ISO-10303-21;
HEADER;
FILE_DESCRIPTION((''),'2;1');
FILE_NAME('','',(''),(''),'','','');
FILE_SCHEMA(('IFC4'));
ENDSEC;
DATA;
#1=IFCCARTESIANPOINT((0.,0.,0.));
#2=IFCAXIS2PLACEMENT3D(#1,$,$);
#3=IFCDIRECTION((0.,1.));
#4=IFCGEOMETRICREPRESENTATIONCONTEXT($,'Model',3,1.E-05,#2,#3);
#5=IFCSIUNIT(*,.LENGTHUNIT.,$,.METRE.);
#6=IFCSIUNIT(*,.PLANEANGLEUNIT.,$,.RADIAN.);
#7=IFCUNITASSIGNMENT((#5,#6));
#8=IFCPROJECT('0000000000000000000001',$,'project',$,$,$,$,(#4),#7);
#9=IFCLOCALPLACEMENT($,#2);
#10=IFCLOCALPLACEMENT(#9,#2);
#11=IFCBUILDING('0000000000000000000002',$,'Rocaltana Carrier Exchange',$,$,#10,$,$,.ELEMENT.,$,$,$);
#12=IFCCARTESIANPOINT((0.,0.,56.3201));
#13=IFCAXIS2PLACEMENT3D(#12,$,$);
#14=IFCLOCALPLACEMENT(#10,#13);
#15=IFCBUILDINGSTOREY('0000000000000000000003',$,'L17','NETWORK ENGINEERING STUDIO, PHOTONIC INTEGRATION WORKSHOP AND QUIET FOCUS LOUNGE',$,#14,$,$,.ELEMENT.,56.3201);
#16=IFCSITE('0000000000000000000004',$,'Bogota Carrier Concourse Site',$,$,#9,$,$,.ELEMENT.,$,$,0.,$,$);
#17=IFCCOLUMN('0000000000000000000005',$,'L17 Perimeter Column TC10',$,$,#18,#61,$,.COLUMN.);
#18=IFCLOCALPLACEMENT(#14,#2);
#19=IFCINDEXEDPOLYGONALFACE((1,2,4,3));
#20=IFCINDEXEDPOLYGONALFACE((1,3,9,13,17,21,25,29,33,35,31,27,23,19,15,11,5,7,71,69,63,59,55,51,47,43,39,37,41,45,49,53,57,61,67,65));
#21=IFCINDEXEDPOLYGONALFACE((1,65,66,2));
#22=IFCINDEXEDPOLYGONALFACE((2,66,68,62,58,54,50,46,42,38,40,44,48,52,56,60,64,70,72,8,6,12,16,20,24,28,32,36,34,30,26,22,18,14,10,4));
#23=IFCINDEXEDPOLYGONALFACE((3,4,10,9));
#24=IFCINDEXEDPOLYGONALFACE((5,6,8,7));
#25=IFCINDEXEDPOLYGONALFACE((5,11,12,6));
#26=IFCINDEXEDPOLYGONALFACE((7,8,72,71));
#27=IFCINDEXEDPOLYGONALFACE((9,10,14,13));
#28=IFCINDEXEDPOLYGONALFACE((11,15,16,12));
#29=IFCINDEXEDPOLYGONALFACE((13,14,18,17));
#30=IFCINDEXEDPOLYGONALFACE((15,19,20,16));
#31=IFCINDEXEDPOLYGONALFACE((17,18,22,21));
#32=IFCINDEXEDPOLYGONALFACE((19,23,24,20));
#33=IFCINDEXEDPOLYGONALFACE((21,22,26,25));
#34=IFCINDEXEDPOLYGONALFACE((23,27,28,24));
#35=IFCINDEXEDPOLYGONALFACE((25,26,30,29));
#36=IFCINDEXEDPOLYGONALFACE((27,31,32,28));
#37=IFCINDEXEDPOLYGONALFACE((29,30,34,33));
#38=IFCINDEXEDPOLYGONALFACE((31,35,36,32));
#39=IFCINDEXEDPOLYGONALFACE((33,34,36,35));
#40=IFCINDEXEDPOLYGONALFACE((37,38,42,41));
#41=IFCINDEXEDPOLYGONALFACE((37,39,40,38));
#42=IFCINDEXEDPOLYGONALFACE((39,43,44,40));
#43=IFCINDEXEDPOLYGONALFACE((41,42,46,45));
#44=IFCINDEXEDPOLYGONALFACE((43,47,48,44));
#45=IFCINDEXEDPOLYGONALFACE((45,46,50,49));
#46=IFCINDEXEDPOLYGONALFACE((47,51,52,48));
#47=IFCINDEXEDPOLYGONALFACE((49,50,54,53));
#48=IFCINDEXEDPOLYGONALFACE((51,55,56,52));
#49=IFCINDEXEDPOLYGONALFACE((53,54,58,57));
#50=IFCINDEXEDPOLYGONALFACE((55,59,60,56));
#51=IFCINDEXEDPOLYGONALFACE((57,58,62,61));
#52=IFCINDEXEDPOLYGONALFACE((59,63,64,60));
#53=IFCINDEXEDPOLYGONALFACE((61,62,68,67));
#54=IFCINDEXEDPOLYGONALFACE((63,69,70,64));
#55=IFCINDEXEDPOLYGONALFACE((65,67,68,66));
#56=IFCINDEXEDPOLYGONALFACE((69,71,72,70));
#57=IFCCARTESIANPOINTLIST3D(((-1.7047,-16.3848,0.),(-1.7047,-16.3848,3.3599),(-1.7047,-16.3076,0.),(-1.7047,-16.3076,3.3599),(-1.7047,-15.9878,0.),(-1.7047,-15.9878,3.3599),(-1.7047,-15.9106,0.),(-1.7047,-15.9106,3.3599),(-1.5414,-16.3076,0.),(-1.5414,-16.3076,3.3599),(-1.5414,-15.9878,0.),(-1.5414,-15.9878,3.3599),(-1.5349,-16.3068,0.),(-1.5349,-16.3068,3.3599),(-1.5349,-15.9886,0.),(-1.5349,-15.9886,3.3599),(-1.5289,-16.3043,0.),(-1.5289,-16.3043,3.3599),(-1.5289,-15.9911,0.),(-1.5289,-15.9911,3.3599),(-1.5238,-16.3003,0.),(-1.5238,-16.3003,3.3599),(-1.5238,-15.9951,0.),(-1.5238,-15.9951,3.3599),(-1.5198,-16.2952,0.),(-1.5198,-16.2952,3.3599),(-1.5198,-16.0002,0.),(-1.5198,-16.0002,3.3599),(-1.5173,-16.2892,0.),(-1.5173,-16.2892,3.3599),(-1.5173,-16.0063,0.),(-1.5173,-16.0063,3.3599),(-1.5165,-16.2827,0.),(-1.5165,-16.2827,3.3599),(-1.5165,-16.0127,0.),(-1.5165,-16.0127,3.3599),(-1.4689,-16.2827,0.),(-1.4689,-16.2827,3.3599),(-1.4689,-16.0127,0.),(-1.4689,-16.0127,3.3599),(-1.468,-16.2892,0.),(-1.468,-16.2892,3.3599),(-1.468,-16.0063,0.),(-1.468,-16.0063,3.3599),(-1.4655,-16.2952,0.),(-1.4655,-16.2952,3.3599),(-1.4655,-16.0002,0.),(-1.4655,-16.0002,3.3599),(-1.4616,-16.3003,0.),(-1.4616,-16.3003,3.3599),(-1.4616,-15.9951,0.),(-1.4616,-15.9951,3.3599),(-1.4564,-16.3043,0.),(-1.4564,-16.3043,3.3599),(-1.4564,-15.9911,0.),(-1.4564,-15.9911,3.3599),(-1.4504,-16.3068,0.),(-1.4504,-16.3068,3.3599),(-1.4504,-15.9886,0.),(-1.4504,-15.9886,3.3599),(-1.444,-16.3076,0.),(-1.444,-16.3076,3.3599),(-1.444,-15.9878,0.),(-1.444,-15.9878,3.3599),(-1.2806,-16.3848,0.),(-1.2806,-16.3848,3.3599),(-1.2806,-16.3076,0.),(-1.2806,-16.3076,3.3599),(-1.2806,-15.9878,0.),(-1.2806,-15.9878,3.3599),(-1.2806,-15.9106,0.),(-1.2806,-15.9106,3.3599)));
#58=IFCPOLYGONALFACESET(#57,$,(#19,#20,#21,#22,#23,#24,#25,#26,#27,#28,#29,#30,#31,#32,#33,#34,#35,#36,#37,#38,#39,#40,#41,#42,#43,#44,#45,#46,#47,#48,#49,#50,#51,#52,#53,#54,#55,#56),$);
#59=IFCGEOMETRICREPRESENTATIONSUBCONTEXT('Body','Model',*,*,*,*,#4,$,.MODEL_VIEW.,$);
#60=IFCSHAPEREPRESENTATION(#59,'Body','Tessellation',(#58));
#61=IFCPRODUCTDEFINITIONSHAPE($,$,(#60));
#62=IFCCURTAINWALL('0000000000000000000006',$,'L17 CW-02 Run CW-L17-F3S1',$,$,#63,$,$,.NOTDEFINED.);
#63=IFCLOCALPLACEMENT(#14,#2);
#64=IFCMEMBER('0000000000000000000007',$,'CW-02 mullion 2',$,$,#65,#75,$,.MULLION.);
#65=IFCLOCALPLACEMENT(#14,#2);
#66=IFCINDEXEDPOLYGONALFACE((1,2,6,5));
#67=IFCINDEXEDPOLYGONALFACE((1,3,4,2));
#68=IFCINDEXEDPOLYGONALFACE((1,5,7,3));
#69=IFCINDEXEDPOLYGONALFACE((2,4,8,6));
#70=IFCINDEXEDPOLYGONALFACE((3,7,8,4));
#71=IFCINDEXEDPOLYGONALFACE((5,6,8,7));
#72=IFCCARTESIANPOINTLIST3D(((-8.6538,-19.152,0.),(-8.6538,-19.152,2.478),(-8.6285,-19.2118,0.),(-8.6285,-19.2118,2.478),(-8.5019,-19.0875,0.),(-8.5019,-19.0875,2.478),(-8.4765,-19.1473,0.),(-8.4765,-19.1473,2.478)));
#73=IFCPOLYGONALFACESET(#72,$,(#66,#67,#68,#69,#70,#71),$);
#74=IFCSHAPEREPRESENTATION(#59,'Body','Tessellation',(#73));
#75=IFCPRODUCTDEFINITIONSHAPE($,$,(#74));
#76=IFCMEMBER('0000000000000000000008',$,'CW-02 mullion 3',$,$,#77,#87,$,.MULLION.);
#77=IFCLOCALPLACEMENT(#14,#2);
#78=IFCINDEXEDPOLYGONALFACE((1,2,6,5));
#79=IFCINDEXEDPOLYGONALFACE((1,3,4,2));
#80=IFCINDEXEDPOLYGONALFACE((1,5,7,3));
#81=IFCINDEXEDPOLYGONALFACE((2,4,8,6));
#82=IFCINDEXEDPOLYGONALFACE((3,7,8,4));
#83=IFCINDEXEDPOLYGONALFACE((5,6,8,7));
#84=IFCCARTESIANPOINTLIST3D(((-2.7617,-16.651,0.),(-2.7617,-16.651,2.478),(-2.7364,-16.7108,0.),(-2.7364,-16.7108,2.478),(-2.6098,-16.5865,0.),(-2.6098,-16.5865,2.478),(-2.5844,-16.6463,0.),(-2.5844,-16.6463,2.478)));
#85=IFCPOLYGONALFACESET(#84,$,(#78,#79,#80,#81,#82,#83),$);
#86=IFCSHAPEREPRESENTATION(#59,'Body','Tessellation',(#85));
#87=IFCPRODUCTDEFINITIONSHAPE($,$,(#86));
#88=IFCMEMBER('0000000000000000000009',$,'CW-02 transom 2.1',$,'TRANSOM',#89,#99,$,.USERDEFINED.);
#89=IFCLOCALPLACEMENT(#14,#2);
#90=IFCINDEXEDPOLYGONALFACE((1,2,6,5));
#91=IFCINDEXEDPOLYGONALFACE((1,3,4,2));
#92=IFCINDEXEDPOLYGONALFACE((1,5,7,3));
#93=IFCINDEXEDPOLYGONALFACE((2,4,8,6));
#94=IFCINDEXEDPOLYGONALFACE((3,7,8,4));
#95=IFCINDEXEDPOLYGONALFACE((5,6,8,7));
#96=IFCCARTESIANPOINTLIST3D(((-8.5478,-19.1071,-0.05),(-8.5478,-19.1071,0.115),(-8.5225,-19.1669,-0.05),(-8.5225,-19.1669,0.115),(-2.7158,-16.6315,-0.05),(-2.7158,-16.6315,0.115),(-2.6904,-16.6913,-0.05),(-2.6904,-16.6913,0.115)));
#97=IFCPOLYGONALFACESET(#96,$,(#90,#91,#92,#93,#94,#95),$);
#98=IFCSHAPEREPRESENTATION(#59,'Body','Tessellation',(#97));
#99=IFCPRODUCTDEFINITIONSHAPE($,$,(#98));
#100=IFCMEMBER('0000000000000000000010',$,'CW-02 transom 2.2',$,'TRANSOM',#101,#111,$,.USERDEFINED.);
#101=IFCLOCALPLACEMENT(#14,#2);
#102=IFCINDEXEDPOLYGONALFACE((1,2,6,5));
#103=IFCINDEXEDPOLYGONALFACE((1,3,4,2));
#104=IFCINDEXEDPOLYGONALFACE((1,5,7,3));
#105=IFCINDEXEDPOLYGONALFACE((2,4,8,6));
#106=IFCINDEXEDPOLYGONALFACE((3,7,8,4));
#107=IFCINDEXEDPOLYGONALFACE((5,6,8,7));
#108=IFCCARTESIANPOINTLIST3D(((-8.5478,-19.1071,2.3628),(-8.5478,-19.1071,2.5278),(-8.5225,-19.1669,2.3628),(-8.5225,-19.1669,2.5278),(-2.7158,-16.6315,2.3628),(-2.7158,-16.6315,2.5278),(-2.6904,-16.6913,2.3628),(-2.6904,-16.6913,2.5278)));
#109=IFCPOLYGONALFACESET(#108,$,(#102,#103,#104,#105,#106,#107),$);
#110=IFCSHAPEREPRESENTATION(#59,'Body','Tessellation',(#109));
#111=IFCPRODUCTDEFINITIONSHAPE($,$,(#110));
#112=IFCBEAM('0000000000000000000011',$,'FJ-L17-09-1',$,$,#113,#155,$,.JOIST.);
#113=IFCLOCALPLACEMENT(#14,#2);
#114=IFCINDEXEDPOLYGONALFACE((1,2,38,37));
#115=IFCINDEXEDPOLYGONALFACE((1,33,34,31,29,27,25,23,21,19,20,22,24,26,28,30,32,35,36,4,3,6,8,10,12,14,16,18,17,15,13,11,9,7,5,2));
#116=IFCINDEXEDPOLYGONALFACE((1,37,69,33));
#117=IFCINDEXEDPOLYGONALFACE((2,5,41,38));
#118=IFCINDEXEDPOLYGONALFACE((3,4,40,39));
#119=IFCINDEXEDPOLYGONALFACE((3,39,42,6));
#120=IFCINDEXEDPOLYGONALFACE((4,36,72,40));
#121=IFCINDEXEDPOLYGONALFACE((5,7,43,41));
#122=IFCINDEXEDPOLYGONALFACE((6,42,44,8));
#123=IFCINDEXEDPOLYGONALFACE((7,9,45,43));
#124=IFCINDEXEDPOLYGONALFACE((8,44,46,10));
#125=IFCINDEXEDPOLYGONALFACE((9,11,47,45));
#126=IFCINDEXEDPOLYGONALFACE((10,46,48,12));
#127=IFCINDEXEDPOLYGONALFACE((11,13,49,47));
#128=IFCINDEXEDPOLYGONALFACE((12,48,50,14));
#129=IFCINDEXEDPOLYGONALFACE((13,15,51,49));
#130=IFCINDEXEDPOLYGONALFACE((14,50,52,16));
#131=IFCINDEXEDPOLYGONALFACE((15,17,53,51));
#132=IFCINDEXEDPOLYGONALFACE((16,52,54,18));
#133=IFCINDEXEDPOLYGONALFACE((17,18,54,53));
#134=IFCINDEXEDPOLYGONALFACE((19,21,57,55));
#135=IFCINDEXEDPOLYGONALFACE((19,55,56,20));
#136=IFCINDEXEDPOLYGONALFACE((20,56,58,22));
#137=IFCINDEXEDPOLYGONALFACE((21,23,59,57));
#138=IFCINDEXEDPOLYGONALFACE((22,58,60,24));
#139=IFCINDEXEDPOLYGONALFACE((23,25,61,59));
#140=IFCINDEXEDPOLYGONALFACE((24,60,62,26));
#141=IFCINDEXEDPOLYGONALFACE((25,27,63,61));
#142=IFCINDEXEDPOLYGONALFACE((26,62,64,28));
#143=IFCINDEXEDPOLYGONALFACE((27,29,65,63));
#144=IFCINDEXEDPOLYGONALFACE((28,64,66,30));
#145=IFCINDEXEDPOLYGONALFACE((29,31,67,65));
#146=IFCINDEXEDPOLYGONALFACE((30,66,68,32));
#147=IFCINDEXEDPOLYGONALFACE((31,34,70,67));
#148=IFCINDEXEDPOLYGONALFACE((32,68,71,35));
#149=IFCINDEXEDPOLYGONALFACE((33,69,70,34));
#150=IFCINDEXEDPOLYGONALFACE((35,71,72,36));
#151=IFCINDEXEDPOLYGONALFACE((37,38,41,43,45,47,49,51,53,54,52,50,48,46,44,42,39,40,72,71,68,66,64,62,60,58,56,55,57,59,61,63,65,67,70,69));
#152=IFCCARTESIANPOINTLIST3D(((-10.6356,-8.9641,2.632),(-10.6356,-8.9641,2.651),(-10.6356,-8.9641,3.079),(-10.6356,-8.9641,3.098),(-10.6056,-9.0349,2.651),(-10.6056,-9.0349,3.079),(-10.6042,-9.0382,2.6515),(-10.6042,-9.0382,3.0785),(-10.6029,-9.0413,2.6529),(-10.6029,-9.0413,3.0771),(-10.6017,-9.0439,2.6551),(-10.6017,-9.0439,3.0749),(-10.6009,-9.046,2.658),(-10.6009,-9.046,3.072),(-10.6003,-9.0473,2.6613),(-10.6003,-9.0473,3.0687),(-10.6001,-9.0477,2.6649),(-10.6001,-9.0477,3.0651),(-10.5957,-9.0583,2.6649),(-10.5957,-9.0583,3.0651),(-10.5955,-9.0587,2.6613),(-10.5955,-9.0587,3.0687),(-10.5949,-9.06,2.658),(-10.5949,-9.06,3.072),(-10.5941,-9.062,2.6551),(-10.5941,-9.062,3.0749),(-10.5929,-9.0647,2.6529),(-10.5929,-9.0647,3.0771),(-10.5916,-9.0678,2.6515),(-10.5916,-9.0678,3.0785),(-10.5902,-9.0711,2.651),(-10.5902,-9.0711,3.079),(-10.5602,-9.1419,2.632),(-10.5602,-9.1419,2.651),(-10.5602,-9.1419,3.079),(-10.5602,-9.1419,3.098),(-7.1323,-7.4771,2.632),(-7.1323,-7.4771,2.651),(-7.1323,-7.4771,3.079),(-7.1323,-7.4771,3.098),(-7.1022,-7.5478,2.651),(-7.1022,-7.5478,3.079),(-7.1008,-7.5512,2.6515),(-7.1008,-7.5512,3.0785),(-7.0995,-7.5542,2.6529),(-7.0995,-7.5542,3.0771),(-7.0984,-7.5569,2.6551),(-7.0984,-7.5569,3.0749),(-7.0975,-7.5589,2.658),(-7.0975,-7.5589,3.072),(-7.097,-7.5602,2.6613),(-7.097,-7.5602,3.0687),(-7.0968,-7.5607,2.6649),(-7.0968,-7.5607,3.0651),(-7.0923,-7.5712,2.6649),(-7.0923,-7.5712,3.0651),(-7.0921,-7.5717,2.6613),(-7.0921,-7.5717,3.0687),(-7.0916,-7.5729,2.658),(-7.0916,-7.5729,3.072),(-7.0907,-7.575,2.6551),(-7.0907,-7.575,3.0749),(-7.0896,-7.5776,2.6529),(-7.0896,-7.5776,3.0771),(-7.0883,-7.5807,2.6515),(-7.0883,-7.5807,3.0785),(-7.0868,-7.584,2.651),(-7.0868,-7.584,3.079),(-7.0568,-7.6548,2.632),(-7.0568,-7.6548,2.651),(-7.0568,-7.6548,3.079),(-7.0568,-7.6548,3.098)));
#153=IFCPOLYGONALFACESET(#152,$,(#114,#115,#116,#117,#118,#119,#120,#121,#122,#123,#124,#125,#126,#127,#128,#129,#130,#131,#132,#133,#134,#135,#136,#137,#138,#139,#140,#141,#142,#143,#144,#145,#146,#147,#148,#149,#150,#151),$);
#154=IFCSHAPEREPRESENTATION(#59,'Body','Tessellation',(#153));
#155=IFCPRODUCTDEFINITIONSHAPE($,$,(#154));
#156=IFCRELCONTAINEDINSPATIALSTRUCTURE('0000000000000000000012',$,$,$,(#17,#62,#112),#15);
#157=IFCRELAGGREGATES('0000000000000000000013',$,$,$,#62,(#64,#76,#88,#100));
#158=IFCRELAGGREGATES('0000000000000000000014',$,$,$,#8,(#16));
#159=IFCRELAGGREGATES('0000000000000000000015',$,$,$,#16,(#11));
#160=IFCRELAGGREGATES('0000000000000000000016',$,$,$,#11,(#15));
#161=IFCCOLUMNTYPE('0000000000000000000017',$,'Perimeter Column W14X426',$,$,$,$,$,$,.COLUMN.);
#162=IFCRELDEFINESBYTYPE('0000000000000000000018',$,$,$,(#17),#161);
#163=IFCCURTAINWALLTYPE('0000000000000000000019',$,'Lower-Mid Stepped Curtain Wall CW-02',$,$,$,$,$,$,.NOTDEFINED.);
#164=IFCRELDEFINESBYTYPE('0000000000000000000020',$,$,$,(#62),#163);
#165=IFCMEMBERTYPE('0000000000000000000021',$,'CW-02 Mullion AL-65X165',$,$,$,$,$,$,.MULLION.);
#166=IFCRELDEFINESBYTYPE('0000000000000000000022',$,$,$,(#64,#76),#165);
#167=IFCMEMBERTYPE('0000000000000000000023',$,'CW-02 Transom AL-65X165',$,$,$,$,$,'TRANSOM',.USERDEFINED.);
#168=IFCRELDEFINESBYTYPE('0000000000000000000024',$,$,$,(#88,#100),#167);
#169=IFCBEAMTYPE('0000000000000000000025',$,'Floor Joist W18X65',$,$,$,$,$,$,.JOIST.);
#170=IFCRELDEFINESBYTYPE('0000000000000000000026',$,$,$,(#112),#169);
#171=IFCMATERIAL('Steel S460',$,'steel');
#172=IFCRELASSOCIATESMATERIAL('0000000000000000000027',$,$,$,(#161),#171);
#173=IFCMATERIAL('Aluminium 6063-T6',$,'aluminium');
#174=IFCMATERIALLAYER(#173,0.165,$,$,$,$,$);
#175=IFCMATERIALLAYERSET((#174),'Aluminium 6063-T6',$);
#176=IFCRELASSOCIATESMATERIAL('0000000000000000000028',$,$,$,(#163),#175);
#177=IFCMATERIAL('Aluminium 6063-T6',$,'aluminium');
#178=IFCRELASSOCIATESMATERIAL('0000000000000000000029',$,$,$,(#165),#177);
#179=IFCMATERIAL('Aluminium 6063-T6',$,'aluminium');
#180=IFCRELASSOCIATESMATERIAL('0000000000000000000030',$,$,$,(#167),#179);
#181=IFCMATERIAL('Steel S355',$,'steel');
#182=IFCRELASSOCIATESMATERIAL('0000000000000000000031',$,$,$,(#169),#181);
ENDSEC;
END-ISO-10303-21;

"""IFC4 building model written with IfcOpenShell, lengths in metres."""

from ifc_helpers import new_model, si_unit, direction, frame, origin, origin_2d, place, context, subcontext, project, spatial, rectangle, i_section, extrude, material, layer, layer_set, material_profile, profile_set, type_object, element, aggregate, save


model = new_model("IFC4")

# Units and contexts
model_context = context("Model", 3, precision=1e-05, world=origin(), true_north=direction((0.0, 1.0)))
body_context = subcontext(model_context, "Body", "Model", "MODEL_VIEW")
ifc_project = project(units=[si_unit("LENGTHUNIT", "METRE"), si_unit("PLANEANGLEUNIT", "RADIAN")], contexts=[model_context])

# Site, building, storey
site_placement = place(None, origin())
site = spatial("IfcSite", under=ifc_project, at=site_placement, Name="Bogota Carrier Concourse Site", CompositionType="ELEMENT", RefElevation=0.0)
building_placement = place(site_placement, origin())
building = spatial("IfcBuilding", under=site, at=building_placement, Name="Rocaltana Carrier Exchange", CompositionType="ELEMENT")
storey_placement = place(building_placement, frame((0.0, 0.0, 56.3201)))
storey = spatial("IfcBuildingStorey", under=building, at=storey_placement, Name="L17", Description="NETWORK ENGINEERING STUDIO, PHOTONIC INTEGRATION WORKSHOP AND QUIET FOCUS LOUNGE", CompositionType="ELEMENT", Elevation=56.3201)

# Column
ifc_material_1 = material(Name="Steel S460", Category="steel")
ifc_material_profile_1 = material_profile(ifc_material_1, i_section(OverallWidth=0.4241, OverallDepth=0.4741, WebThickness=0.0476, FlangeThickness=0.0771, FilletRadius=0.0249, at=origin_2d()), Name="W14X426")
ifc_profile_set_1 = profile_set([ifc_material_profile_1], Name="Steel S460")
column_type = type_object("IfcColumnType", Name="Perimeter Column W14X426", PredefinedType="COLUMN", material=ifc_profile_set_1)
column_placement = place(storey_placement, frame((-1.4927, -16.1477, 0.0), z_axis=(0.0, 0.0, 1.0), x_axis=(1.0, 0.0, 0.0)))
element("IfcColumn", 1, at=column_placement, inside=storey, type_object=column_type, Name="L17 Perimeter Column TC10", PredefinedType="COLUMN", context=body_context, shape_type="SweptSolid", body=[
    extrude(i_section(OverallWidth=0.4241, OverallDepth=0.4741, WebThickness=0.0476, FlangeThickness=0.0771, FilletRadius=0.0249, at=origin_2d()), origin(), (0.0, 0.0, 1.0), 3.3599),
])

# Curtain wall, members
ifc_material_2 = material(Name="Aluminium 6063-T6", Category="aluminium")
ifc_layer_1 = layer(ifc_material_2, 0.165)
ifc_layer_set_1 = layer_set([ifc_layer_1], Name="Aluminium 6063-T6")
curtain_wall_type = type_object("IfcCurtainWallType", Name="Lower-Mid Stepped Curtain Wall CW-02", PredefinedType="NOTDEFINED", material=ifc_layer_set_1)
curtain_wall_placement = place(storey_placement, origin())
curtain_wall = element("IfcCurtainWall", 2, at=curtain_wall_placement, inside=storey, type_object=curtain_wall_type, Name="L17 CW-02 Run CW-L17-F3S1", PredefinedType="NOTDEFINED")
ifc_material_3 = material(Name="Aluminium 6063-T6", Category="aluminium")
ifc_material_profile_2 = material_profile(ifc_material_3, rectangle(XDim=0.0649, YDim=0.165, at=origin_2d()), Name="AL-65X165")
ifc_profile_set_2 = profile_set([ifc_material_profile_2], Name="Aluminium 6063-T6")
member_type_1 = type_object("IfcMemberType", Name="CW-02 Mullion AL-65X165", PredefinedType="MULLION", material=ifc_profile_set_2)
member_1_placement = place(storey_placement, frame((-8.5652, -19.1497, 0.0), z_axis=(0.0, 0.0, 1.0), x_axis=(-0.390729, 0.920506, 0.0)))
member_1 = element("IfcMember", 3, at=member_1_placement, type_object=member_type_1, Name="CW-02 mullion 2", PredefinedType="MULLION", context=body_context, shape_type="SweptSolid", body=[
    extrude(rectangle(XDim=0.0649, YDim=0.165, at=origin_2d()), origin(), (0.0, 0.0, 1.0), 2.478),
])
member_2_placement = place(storey_placement, frame((-2.6731, -16.6487, 0.0), z_axis=(0.0, 0.0, 1.0), x_axis=(-0.390729, 0.920506, 0.0)))
member_2 = element("IfcMember", 4, at=member_2_placement, type_object=member_type_1, Name="CW-02 mullion 3", PredefinedType="MULLION", context=body_context, shape_type="SweptSolid", body=[
    extrude(rectangle(XDim=0.0649, YDim=0.165, at=origin_2d()), origin(), (0.0, 0.0, 1.0), 2.478),
])
ifc_material_4 = material(Name="Aluminium 6063-T6", Category="aluminium")
ifc_material_profile_3 = material_profile(ifc_material_4, rectangle(XDim=0.0649, YDim=0.165, at=origin_2d()), Name="AL-65X165")
ifc_profile_set_3 = profile_set([ifc_material_profile_3], Name="Aluminium 6063-T6")
member_type_2 = type_object("IfcMemberType", Name="CW-02 Transom AL-65X165", ElementType="TRANSOM", PredefinedType="USERDEFINED", material=ifc_profile_set_3)
member_3_placement = place(storey_placement, frame((-8.5352, -19.137, 0.0325), z_axis=(0.920503, 0.390736, 0.0), x_axis=(-0.390736, 0.920503, 0.0)))
member_3 = element("IfcMember", 5, at=member_3_placement, type_object=member_type_2, Name="CW-02 transom 2.1", ObjectType="TRANSOM", PredefinedType="USERDEFINED", context=body_context, shape_type="SweptSolid", body=[
    extrude(rectangle(XDim=0.0649, YDim=0.165, at=origin_2d()), origin(), (0.0, 0.0, 1.0), 6.3357),
])
member_4_placement = place(storey_placement, frame((-8.5352, -19.137, 2.4453), z_axis=(0.920503, 0.390736, 0.0), x_axis=(-0.390736, 0.920503, 0.0)))
member_4 = element("IfcMember", 6, at=member_4_placement, type_object=member_type_2, Name="CW-02 transom 2.2", ObjectType="TRANSOM", PredefinedType="USERDEFINED", context=body_context, shape_type="SweptSolid", body=[
    extrude(rectangle(XDim=0.0649, YDim=0.165, at=origin_2d()), origin(), (0.0, 0.0, 1.0), 6.3357),
])

# Beam
ifc_material_5 = material(Name="Steel S355", Category="steel")
ifc_material_profile_4 = material_profile(ifc_material_5, i_section(OverallWidth=0.1931, OverallDepth=0.4661, WebThickness=0.0115, FlangeThickness=0.019, FilletRadius=0.0139, at=origin_2d()), Name="W18X65")
ifc_profile_set_4 = profile_set([ifc_material_profile_4], Name="Steel S355")
beam_type = type_object("IfcBeamType", Name="Floor Joist W18X65", PredefinedType="JOIST", material=ifc_profile_set_4)
beam_1_placement = place(storey_placement, frame((-10.5979, -9.053, 2.865), z_axis=(0.92051, 0.39072, 0.0), x_axis=(-0.39072, 0.92051, 0.0)))
element("IfcBeam", 7, at=beam_1_placement, inside=storey, type_object=beam_type, Name="FJ-L17-09-1", PredefinedType="JOIST", context=body_context, shape_type="SweptSolid", body=[
    extrude(i_section(OverallWidth=0.1931, OverallDepth=0.4661, WebThickness=0.0115, FlangeThickness=0.019, FilletRadius=0.0139, at=origin_2d()), origin(), (0.0, 0.0, 1.0), 3.8059),
])

aggregate(curtain_wall, [member_1, member_2, member_3, member_4])

save(model, "model.ifc")
